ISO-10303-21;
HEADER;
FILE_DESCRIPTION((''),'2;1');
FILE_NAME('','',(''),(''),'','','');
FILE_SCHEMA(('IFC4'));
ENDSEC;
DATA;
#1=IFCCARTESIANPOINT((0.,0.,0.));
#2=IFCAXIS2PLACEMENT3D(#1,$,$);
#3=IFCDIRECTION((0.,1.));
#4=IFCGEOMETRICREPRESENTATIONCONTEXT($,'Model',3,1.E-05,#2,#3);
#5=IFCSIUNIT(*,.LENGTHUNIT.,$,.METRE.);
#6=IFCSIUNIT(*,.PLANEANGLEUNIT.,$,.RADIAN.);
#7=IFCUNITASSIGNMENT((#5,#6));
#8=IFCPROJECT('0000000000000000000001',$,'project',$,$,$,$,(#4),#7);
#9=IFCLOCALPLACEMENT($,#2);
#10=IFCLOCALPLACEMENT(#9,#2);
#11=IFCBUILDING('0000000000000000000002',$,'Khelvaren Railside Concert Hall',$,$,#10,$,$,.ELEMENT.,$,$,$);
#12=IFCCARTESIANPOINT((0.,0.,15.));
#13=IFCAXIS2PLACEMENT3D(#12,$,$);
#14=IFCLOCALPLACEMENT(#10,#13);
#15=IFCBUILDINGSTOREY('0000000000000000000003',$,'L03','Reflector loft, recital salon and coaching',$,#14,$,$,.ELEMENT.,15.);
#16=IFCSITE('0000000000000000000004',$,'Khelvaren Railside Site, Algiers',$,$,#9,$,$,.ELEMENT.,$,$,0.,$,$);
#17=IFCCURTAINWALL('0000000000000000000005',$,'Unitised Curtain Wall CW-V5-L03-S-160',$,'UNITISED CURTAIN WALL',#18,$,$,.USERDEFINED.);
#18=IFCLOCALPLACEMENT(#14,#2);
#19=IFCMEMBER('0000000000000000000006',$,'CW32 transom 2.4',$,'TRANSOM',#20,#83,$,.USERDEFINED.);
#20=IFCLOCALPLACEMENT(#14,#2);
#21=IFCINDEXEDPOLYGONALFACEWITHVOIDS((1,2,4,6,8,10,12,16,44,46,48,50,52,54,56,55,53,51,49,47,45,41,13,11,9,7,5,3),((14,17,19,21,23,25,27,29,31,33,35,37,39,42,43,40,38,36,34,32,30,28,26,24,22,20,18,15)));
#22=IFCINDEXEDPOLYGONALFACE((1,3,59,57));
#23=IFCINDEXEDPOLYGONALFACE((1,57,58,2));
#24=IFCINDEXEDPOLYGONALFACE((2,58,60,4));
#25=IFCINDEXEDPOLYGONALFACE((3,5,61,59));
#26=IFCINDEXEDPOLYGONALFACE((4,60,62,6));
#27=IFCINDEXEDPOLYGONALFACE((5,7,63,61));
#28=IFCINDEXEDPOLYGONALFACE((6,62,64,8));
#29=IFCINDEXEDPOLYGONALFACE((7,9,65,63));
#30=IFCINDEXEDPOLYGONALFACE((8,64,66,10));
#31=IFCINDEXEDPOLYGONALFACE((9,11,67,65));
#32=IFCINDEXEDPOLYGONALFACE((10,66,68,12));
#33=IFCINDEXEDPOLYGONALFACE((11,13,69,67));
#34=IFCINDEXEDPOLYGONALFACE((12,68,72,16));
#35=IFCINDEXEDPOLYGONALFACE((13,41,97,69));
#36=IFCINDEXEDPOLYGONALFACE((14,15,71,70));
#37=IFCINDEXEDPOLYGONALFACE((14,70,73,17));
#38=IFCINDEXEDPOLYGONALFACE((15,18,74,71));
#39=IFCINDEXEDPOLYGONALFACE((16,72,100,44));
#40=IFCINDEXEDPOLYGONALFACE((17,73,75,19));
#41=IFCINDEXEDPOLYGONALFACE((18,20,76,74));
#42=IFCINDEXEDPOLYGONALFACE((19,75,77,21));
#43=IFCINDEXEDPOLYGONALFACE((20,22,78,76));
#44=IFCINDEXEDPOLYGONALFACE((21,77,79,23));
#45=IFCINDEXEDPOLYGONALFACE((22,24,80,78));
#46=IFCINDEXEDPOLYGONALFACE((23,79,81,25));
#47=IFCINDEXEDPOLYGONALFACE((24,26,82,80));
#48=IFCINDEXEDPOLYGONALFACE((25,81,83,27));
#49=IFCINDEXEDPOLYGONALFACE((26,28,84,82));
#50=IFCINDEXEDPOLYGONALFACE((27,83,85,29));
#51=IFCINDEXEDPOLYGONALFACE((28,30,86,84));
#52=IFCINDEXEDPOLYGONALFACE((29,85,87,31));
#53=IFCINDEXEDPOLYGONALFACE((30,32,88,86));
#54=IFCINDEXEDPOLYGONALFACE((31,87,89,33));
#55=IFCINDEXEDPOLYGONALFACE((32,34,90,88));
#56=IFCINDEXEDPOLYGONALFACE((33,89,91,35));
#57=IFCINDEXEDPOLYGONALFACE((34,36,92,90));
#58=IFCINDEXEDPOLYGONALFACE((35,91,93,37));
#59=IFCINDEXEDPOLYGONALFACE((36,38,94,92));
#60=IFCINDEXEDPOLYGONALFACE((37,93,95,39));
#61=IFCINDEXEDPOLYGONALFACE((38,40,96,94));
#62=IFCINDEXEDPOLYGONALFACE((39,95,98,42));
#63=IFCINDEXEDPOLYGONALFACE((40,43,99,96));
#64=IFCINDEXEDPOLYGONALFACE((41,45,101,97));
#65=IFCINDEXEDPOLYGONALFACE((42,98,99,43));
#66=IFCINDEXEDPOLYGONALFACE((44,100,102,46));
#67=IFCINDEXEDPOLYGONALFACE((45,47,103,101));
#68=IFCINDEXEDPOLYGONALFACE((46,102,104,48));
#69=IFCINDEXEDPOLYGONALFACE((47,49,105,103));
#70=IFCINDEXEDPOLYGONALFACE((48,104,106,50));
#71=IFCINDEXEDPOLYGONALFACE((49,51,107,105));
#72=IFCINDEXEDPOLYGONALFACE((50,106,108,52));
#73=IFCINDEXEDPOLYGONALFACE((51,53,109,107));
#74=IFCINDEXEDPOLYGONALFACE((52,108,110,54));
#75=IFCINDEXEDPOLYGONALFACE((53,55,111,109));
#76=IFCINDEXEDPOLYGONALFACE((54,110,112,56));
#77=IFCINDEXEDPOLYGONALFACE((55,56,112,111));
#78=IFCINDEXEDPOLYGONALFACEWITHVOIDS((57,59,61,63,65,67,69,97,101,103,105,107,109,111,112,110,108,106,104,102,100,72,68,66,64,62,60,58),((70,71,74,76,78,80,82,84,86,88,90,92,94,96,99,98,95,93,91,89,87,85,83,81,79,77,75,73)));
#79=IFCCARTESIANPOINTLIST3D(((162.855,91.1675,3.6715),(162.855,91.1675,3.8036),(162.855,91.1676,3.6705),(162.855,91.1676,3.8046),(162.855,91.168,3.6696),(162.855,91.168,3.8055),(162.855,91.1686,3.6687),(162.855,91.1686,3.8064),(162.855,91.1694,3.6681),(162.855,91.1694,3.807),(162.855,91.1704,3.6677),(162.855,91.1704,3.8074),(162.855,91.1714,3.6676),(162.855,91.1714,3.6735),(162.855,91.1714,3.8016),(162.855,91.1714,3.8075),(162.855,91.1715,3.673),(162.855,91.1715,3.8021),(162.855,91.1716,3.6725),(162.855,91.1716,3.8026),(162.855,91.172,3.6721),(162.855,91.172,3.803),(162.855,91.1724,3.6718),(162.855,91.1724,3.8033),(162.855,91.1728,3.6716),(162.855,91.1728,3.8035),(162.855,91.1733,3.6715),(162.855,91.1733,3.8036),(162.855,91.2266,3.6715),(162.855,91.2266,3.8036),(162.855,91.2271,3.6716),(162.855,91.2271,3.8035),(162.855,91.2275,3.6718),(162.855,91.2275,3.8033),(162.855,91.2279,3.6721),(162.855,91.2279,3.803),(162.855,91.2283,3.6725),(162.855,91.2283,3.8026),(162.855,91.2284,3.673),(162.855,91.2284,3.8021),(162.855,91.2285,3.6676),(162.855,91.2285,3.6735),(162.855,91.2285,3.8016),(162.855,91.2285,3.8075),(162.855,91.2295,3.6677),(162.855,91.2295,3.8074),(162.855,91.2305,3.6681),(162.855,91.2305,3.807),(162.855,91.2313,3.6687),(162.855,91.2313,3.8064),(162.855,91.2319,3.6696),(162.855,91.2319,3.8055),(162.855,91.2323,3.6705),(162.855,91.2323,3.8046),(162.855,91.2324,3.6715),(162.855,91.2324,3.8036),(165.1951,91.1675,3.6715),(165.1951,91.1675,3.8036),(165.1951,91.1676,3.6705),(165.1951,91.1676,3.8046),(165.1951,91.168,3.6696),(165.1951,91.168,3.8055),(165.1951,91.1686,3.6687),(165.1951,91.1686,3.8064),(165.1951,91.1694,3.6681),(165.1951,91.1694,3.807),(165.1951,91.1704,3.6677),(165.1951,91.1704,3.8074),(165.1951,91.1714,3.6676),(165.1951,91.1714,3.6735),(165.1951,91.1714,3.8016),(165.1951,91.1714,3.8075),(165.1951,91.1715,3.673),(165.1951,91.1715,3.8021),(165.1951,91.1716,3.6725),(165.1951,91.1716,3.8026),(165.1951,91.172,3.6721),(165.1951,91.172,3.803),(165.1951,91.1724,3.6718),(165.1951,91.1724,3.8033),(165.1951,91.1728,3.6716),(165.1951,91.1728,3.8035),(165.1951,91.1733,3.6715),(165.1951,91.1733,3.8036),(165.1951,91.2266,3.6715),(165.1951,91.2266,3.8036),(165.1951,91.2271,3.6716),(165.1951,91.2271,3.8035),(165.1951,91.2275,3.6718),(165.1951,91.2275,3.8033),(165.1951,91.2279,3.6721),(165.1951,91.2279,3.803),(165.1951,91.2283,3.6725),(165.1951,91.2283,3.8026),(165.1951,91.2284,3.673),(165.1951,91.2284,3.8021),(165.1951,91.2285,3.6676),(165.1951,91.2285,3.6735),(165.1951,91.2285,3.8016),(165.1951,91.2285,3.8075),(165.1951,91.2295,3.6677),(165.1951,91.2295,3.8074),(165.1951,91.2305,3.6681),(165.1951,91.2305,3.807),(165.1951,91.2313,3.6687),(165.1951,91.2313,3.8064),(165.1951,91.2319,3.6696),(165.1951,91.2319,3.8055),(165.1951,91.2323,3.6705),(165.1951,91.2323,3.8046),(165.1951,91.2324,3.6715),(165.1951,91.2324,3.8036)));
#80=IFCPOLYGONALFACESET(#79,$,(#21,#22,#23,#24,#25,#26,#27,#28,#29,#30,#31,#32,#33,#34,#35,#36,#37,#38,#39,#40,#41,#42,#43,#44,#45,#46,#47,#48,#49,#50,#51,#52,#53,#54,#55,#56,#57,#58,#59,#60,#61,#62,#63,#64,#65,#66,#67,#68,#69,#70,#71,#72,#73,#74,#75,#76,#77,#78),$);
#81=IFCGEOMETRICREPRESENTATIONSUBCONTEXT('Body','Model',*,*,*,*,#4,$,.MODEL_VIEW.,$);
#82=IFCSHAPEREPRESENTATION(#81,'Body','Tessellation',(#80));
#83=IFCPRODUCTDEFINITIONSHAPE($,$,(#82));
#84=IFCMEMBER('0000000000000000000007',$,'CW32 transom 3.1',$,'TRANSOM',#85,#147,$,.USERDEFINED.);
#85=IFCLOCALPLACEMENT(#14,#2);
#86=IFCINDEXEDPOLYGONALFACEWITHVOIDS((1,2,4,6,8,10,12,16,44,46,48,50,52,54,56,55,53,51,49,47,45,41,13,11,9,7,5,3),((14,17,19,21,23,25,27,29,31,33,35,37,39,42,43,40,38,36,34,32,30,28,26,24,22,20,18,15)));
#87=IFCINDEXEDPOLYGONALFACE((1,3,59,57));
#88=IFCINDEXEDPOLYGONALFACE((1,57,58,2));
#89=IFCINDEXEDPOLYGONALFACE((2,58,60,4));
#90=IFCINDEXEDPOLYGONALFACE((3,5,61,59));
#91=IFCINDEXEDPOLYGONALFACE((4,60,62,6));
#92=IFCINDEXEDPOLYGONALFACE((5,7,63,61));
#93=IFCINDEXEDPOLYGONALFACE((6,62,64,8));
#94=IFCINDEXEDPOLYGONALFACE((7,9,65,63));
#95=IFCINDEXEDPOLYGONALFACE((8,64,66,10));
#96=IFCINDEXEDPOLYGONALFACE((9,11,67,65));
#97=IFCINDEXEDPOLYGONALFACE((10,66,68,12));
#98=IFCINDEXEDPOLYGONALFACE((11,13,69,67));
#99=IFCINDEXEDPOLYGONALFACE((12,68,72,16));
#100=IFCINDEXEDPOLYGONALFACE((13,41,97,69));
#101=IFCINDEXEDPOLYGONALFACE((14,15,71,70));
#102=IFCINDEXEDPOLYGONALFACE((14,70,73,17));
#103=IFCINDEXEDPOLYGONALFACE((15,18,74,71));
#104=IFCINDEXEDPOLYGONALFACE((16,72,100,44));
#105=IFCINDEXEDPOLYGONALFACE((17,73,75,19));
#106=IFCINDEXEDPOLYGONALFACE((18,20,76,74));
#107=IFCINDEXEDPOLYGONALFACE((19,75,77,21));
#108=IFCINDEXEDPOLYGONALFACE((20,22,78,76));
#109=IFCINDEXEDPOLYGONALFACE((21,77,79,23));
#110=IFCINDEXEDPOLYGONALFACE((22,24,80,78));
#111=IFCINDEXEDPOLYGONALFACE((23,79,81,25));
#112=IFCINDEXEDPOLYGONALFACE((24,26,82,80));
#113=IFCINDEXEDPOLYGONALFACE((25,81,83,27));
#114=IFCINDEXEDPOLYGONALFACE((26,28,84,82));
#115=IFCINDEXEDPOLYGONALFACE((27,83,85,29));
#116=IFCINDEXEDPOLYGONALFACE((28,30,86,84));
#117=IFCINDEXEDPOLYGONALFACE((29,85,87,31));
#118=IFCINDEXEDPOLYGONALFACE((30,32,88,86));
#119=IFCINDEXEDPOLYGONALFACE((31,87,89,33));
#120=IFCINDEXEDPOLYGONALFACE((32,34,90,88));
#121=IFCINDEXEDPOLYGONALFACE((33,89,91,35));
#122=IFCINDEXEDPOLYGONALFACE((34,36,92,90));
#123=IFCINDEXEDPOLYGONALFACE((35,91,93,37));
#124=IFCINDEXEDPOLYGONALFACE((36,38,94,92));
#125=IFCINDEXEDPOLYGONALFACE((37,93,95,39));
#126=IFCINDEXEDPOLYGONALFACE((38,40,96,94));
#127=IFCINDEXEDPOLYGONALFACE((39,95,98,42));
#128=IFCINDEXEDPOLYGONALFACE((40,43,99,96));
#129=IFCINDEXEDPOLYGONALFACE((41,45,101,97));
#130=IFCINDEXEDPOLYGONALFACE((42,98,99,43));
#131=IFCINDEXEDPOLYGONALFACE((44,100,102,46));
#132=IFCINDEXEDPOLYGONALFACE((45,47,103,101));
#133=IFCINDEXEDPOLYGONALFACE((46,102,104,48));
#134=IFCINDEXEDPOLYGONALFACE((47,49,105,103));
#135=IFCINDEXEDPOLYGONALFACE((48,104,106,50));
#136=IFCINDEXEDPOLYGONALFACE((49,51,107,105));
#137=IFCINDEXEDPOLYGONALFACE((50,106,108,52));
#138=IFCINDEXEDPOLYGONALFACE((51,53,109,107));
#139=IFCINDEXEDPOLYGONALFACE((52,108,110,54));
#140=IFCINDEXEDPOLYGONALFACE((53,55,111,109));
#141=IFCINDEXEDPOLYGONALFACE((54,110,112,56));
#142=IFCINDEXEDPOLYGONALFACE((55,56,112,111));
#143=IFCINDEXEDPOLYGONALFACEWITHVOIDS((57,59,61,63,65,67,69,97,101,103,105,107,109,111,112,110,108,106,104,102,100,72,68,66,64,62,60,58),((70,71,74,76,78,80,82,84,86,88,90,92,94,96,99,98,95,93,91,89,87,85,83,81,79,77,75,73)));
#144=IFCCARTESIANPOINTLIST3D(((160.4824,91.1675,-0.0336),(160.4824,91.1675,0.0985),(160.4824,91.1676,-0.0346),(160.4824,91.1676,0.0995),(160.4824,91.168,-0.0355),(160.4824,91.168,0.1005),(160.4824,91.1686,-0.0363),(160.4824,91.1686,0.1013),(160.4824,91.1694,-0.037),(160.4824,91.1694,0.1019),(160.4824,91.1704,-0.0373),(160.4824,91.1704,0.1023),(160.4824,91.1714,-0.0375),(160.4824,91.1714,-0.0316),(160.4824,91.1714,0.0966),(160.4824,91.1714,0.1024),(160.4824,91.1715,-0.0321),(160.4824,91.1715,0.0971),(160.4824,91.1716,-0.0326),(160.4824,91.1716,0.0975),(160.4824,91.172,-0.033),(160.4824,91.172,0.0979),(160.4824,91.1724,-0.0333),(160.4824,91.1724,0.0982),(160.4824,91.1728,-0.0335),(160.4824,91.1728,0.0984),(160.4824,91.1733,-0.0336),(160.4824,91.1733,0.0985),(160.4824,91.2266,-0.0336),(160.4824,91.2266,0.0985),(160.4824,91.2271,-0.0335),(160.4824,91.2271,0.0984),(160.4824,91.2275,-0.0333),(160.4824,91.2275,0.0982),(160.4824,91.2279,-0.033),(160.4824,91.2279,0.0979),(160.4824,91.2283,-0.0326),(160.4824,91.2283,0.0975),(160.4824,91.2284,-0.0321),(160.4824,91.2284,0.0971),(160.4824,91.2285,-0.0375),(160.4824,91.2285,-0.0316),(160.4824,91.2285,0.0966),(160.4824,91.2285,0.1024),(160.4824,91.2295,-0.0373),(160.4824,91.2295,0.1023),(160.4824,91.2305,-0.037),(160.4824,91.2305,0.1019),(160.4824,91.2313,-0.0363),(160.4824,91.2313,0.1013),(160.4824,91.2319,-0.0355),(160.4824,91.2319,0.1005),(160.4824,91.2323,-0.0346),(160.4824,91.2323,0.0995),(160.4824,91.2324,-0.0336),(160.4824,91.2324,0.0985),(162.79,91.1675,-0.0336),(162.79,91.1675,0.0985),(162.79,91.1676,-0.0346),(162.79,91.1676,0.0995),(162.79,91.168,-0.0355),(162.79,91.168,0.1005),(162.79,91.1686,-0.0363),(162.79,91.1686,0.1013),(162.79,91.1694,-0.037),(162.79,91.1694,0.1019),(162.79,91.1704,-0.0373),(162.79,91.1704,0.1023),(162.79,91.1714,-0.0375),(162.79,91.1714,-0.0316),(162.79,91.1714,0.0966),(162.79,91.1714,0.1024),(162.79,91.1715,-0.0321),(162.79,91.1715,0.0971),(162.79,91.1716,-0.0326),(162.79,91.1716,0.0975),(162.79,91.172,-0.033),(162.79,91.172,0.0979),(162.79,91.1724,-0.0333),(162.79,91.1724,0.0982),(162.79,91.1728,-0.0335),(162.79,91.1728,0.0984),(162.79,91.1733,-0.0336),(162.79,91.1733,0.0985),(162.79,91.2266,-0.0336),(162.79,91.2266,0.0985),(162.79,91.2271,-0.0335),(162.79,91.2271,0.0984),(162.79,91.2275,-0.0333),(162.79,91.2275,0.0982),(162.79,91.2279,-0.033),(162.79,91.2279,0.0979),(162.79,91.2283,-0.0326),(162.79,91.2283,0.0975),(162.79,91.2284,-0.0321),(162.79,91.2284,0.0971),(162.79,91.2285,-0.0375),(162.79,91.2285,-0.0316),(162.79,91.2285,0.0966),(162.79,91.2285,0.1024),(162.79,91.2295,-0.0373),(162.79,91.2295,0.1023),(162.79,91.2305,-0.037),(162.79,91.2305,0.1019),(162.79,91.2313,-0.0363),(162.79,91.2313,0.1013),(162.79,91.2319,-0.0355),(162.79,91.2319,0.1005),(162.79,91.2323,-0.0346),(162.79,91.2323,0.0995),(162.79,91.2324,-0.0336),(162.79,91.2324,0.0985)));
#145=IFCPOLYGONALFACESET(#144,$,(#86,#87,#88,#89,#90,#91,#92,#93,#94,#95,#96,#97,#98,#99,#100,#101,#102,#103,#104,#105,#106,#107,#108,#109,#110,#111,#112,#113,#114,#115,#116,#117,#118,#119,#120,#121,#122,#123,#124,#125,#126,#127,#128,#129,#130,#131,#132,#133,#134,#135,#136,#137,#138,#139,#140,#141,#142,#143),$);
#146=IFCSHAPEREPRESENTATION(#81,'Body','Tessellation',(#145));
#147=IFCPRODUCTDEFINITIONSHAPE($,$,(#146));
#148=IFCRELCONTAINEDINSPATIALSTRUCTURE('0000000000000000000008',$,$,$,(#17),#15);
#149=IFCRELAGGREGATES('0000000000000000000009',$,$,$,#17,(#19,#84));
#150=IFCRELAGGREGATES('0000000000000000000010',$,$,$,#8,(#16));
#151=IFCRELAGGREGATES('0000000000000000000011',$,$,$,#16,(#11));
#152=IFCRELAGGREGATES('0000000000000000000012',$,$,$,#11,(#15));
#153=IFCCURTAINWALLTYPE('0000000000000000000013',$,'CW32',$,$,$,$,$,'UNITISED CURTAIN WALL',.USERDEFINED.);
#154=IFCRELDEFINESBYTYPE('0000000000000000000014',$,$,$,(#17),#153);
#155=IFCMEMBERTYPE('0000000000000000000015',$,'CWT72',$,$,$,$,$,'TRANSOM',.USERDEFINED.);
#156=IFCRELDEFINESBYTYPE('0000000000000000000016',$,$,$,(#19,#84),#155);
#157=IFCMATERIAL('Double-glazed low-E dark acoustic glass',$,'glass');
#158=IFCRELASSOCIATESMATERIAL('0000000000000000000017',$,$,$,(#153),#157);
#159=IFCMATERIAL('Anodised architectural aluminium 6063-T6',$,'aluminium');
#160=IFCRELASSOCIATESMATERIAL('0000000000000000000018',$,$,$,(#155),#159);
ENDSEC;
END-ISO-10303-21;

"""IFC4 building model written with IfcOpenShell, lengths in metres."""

from ifc_helpers import new_model, si_unit, direction, frame, origin, origin_2d, place, context, subcontext, project, spatial, hollow_rectangle, extrude, material, material_profile, profile_set, type_object, element, aggregate, save


model = new_model("IFC4")

# Units and contexts
model_context = context("Model", 3, precision=1e-05, world=origin(), true_north=direction((0.0, 1.0)))
body_context = subcontext(model_context, "Body", "Model", "MODEL_VIEW")
ifc_project = project(units=[si_unit("LENGTHUNIT", "METRE"), si_unit("PLANEANGLEUNIT", "RADIAN")], contexts=[model_context])

# Site, building, storey
site_placement = place(None, origin())
site = spatial("IfcSite", under=ifc_project, at=site_placement, Name="Khelvaren Railside Site, Algiers", CompositionType="ELEMENT", RefElevation=0.0)
building_placement = place(site_placement, origin())
building = spatial("IfcBuilding", under=site, at=building_placement, Name="Khelvaren Railside Concert Hall", CompositionType="ELEMENT")
storey_placement = place(building_placement, frame((0.0, 0.0, 15.0)))
storey = spatial("IfcBuildingStorey", under=building, at=storey_placement, Name="L03", Description="Reflector loft, recital salon and coaching", CompositionType="ELEMENT", Elevation=15.0)

# Curtain wall
ifc_material_1 = material(Name="Double-glazed low-E dark acoustic glass", Category="glass")
curtain_wall_type_1 = type_object("IfcCurtainWallType", Name="CW32", ElementType="UNITISED CURTAIN WALL", PredefinedType="USERDEFINED", material=ifc_material_1)
curtain_wall_1_placement = place(storey_placement, origin())
curtain_wall_1 = element("IfcCurtainWall", 1, at=curtain_wall_1_placement, inside=storey, type_object=curtain_wall_type_1, Name="Unitised Curtain Wall CW-V5-L03-S-160", ObjectType="UNITISED CURTAIN WALL", PredefinedType="USERDEFINED")
ifc_material_2 = material(Name="Anodised architectural aluminium 6063-T6", Category="aluminium")

# Members
ifc_material_profile_1 = material_profile(ifc_material_2, hollow_rectangle(XDim=0.0649, YDim=0.1399, WallThickness=0.0039, InnerFilletRadius=0.002, OuterFilletRadius=0.0039, at=origin_2d()), Name="CWT 65x140x4")
ifc_profile_set_1 = profile_set([ifc_material_profile_1], Name="Anodised architectural aluminium 6063-T6")
member_type_1 = type_object("IfcMemberType", Name="CWT72", ElementType="TRANSOM", PredefinedType="USERDEFINED", material=ifc_profile_set_1)
member_1_placement = place(storey_placement, frame((165.1951, 91.2, 3.7375), z_axis=(-1.0, 0.0, 0.0), x_axis=(0.0, -1.0, 0.0)))
member_1 = element("IfcMember", 2, at=member_1_placement, type_object=member_type_1, Name="CW32 transom 2.4", ObjectType="TRANSOM", PredefinedType="USERDEFINED", context=body_context, shape_type="SweptSolid", body=[
    extrude(hollow_rectangle(XDim=0.0649, YDim=0.1399, WallThickness=0.0039, InnerFilletRadius=0.002, OuterFilletRadius=0.0039, at=origin_2d()), origin(), (0.0, 0.0, 1.0), 2.3401),
])
member_2_placement = place(storey_placement, frame((162.79, 91.2, 0.0325), z_axis=(-1.0, 0.0, 0.0), x_axis=(0.0, -1.0, 0.0)))
member_2 = element("IfcMember", 3, at=member_2_placement, type_object=member_type_1, Name="CW32 transom 3.1", ObjectType="TRANSOM", PredefinedType="USERDEFINED", context=body_context, shape_type="SweptSolid", body=[
    extrude(hollow_rectangle(XDim=0.0649, YDim=0.1399, WallThickness=0.0039, InnerFilletRadius=0.002, OuterFilletRadius=0.0039, at=origin_2d()), origin(), (0.0, 0.0, 1.0), 2.3076),
])

aggregate(curtain_wall_1, [member_1, member_2])

save(model, "model.ifc")
